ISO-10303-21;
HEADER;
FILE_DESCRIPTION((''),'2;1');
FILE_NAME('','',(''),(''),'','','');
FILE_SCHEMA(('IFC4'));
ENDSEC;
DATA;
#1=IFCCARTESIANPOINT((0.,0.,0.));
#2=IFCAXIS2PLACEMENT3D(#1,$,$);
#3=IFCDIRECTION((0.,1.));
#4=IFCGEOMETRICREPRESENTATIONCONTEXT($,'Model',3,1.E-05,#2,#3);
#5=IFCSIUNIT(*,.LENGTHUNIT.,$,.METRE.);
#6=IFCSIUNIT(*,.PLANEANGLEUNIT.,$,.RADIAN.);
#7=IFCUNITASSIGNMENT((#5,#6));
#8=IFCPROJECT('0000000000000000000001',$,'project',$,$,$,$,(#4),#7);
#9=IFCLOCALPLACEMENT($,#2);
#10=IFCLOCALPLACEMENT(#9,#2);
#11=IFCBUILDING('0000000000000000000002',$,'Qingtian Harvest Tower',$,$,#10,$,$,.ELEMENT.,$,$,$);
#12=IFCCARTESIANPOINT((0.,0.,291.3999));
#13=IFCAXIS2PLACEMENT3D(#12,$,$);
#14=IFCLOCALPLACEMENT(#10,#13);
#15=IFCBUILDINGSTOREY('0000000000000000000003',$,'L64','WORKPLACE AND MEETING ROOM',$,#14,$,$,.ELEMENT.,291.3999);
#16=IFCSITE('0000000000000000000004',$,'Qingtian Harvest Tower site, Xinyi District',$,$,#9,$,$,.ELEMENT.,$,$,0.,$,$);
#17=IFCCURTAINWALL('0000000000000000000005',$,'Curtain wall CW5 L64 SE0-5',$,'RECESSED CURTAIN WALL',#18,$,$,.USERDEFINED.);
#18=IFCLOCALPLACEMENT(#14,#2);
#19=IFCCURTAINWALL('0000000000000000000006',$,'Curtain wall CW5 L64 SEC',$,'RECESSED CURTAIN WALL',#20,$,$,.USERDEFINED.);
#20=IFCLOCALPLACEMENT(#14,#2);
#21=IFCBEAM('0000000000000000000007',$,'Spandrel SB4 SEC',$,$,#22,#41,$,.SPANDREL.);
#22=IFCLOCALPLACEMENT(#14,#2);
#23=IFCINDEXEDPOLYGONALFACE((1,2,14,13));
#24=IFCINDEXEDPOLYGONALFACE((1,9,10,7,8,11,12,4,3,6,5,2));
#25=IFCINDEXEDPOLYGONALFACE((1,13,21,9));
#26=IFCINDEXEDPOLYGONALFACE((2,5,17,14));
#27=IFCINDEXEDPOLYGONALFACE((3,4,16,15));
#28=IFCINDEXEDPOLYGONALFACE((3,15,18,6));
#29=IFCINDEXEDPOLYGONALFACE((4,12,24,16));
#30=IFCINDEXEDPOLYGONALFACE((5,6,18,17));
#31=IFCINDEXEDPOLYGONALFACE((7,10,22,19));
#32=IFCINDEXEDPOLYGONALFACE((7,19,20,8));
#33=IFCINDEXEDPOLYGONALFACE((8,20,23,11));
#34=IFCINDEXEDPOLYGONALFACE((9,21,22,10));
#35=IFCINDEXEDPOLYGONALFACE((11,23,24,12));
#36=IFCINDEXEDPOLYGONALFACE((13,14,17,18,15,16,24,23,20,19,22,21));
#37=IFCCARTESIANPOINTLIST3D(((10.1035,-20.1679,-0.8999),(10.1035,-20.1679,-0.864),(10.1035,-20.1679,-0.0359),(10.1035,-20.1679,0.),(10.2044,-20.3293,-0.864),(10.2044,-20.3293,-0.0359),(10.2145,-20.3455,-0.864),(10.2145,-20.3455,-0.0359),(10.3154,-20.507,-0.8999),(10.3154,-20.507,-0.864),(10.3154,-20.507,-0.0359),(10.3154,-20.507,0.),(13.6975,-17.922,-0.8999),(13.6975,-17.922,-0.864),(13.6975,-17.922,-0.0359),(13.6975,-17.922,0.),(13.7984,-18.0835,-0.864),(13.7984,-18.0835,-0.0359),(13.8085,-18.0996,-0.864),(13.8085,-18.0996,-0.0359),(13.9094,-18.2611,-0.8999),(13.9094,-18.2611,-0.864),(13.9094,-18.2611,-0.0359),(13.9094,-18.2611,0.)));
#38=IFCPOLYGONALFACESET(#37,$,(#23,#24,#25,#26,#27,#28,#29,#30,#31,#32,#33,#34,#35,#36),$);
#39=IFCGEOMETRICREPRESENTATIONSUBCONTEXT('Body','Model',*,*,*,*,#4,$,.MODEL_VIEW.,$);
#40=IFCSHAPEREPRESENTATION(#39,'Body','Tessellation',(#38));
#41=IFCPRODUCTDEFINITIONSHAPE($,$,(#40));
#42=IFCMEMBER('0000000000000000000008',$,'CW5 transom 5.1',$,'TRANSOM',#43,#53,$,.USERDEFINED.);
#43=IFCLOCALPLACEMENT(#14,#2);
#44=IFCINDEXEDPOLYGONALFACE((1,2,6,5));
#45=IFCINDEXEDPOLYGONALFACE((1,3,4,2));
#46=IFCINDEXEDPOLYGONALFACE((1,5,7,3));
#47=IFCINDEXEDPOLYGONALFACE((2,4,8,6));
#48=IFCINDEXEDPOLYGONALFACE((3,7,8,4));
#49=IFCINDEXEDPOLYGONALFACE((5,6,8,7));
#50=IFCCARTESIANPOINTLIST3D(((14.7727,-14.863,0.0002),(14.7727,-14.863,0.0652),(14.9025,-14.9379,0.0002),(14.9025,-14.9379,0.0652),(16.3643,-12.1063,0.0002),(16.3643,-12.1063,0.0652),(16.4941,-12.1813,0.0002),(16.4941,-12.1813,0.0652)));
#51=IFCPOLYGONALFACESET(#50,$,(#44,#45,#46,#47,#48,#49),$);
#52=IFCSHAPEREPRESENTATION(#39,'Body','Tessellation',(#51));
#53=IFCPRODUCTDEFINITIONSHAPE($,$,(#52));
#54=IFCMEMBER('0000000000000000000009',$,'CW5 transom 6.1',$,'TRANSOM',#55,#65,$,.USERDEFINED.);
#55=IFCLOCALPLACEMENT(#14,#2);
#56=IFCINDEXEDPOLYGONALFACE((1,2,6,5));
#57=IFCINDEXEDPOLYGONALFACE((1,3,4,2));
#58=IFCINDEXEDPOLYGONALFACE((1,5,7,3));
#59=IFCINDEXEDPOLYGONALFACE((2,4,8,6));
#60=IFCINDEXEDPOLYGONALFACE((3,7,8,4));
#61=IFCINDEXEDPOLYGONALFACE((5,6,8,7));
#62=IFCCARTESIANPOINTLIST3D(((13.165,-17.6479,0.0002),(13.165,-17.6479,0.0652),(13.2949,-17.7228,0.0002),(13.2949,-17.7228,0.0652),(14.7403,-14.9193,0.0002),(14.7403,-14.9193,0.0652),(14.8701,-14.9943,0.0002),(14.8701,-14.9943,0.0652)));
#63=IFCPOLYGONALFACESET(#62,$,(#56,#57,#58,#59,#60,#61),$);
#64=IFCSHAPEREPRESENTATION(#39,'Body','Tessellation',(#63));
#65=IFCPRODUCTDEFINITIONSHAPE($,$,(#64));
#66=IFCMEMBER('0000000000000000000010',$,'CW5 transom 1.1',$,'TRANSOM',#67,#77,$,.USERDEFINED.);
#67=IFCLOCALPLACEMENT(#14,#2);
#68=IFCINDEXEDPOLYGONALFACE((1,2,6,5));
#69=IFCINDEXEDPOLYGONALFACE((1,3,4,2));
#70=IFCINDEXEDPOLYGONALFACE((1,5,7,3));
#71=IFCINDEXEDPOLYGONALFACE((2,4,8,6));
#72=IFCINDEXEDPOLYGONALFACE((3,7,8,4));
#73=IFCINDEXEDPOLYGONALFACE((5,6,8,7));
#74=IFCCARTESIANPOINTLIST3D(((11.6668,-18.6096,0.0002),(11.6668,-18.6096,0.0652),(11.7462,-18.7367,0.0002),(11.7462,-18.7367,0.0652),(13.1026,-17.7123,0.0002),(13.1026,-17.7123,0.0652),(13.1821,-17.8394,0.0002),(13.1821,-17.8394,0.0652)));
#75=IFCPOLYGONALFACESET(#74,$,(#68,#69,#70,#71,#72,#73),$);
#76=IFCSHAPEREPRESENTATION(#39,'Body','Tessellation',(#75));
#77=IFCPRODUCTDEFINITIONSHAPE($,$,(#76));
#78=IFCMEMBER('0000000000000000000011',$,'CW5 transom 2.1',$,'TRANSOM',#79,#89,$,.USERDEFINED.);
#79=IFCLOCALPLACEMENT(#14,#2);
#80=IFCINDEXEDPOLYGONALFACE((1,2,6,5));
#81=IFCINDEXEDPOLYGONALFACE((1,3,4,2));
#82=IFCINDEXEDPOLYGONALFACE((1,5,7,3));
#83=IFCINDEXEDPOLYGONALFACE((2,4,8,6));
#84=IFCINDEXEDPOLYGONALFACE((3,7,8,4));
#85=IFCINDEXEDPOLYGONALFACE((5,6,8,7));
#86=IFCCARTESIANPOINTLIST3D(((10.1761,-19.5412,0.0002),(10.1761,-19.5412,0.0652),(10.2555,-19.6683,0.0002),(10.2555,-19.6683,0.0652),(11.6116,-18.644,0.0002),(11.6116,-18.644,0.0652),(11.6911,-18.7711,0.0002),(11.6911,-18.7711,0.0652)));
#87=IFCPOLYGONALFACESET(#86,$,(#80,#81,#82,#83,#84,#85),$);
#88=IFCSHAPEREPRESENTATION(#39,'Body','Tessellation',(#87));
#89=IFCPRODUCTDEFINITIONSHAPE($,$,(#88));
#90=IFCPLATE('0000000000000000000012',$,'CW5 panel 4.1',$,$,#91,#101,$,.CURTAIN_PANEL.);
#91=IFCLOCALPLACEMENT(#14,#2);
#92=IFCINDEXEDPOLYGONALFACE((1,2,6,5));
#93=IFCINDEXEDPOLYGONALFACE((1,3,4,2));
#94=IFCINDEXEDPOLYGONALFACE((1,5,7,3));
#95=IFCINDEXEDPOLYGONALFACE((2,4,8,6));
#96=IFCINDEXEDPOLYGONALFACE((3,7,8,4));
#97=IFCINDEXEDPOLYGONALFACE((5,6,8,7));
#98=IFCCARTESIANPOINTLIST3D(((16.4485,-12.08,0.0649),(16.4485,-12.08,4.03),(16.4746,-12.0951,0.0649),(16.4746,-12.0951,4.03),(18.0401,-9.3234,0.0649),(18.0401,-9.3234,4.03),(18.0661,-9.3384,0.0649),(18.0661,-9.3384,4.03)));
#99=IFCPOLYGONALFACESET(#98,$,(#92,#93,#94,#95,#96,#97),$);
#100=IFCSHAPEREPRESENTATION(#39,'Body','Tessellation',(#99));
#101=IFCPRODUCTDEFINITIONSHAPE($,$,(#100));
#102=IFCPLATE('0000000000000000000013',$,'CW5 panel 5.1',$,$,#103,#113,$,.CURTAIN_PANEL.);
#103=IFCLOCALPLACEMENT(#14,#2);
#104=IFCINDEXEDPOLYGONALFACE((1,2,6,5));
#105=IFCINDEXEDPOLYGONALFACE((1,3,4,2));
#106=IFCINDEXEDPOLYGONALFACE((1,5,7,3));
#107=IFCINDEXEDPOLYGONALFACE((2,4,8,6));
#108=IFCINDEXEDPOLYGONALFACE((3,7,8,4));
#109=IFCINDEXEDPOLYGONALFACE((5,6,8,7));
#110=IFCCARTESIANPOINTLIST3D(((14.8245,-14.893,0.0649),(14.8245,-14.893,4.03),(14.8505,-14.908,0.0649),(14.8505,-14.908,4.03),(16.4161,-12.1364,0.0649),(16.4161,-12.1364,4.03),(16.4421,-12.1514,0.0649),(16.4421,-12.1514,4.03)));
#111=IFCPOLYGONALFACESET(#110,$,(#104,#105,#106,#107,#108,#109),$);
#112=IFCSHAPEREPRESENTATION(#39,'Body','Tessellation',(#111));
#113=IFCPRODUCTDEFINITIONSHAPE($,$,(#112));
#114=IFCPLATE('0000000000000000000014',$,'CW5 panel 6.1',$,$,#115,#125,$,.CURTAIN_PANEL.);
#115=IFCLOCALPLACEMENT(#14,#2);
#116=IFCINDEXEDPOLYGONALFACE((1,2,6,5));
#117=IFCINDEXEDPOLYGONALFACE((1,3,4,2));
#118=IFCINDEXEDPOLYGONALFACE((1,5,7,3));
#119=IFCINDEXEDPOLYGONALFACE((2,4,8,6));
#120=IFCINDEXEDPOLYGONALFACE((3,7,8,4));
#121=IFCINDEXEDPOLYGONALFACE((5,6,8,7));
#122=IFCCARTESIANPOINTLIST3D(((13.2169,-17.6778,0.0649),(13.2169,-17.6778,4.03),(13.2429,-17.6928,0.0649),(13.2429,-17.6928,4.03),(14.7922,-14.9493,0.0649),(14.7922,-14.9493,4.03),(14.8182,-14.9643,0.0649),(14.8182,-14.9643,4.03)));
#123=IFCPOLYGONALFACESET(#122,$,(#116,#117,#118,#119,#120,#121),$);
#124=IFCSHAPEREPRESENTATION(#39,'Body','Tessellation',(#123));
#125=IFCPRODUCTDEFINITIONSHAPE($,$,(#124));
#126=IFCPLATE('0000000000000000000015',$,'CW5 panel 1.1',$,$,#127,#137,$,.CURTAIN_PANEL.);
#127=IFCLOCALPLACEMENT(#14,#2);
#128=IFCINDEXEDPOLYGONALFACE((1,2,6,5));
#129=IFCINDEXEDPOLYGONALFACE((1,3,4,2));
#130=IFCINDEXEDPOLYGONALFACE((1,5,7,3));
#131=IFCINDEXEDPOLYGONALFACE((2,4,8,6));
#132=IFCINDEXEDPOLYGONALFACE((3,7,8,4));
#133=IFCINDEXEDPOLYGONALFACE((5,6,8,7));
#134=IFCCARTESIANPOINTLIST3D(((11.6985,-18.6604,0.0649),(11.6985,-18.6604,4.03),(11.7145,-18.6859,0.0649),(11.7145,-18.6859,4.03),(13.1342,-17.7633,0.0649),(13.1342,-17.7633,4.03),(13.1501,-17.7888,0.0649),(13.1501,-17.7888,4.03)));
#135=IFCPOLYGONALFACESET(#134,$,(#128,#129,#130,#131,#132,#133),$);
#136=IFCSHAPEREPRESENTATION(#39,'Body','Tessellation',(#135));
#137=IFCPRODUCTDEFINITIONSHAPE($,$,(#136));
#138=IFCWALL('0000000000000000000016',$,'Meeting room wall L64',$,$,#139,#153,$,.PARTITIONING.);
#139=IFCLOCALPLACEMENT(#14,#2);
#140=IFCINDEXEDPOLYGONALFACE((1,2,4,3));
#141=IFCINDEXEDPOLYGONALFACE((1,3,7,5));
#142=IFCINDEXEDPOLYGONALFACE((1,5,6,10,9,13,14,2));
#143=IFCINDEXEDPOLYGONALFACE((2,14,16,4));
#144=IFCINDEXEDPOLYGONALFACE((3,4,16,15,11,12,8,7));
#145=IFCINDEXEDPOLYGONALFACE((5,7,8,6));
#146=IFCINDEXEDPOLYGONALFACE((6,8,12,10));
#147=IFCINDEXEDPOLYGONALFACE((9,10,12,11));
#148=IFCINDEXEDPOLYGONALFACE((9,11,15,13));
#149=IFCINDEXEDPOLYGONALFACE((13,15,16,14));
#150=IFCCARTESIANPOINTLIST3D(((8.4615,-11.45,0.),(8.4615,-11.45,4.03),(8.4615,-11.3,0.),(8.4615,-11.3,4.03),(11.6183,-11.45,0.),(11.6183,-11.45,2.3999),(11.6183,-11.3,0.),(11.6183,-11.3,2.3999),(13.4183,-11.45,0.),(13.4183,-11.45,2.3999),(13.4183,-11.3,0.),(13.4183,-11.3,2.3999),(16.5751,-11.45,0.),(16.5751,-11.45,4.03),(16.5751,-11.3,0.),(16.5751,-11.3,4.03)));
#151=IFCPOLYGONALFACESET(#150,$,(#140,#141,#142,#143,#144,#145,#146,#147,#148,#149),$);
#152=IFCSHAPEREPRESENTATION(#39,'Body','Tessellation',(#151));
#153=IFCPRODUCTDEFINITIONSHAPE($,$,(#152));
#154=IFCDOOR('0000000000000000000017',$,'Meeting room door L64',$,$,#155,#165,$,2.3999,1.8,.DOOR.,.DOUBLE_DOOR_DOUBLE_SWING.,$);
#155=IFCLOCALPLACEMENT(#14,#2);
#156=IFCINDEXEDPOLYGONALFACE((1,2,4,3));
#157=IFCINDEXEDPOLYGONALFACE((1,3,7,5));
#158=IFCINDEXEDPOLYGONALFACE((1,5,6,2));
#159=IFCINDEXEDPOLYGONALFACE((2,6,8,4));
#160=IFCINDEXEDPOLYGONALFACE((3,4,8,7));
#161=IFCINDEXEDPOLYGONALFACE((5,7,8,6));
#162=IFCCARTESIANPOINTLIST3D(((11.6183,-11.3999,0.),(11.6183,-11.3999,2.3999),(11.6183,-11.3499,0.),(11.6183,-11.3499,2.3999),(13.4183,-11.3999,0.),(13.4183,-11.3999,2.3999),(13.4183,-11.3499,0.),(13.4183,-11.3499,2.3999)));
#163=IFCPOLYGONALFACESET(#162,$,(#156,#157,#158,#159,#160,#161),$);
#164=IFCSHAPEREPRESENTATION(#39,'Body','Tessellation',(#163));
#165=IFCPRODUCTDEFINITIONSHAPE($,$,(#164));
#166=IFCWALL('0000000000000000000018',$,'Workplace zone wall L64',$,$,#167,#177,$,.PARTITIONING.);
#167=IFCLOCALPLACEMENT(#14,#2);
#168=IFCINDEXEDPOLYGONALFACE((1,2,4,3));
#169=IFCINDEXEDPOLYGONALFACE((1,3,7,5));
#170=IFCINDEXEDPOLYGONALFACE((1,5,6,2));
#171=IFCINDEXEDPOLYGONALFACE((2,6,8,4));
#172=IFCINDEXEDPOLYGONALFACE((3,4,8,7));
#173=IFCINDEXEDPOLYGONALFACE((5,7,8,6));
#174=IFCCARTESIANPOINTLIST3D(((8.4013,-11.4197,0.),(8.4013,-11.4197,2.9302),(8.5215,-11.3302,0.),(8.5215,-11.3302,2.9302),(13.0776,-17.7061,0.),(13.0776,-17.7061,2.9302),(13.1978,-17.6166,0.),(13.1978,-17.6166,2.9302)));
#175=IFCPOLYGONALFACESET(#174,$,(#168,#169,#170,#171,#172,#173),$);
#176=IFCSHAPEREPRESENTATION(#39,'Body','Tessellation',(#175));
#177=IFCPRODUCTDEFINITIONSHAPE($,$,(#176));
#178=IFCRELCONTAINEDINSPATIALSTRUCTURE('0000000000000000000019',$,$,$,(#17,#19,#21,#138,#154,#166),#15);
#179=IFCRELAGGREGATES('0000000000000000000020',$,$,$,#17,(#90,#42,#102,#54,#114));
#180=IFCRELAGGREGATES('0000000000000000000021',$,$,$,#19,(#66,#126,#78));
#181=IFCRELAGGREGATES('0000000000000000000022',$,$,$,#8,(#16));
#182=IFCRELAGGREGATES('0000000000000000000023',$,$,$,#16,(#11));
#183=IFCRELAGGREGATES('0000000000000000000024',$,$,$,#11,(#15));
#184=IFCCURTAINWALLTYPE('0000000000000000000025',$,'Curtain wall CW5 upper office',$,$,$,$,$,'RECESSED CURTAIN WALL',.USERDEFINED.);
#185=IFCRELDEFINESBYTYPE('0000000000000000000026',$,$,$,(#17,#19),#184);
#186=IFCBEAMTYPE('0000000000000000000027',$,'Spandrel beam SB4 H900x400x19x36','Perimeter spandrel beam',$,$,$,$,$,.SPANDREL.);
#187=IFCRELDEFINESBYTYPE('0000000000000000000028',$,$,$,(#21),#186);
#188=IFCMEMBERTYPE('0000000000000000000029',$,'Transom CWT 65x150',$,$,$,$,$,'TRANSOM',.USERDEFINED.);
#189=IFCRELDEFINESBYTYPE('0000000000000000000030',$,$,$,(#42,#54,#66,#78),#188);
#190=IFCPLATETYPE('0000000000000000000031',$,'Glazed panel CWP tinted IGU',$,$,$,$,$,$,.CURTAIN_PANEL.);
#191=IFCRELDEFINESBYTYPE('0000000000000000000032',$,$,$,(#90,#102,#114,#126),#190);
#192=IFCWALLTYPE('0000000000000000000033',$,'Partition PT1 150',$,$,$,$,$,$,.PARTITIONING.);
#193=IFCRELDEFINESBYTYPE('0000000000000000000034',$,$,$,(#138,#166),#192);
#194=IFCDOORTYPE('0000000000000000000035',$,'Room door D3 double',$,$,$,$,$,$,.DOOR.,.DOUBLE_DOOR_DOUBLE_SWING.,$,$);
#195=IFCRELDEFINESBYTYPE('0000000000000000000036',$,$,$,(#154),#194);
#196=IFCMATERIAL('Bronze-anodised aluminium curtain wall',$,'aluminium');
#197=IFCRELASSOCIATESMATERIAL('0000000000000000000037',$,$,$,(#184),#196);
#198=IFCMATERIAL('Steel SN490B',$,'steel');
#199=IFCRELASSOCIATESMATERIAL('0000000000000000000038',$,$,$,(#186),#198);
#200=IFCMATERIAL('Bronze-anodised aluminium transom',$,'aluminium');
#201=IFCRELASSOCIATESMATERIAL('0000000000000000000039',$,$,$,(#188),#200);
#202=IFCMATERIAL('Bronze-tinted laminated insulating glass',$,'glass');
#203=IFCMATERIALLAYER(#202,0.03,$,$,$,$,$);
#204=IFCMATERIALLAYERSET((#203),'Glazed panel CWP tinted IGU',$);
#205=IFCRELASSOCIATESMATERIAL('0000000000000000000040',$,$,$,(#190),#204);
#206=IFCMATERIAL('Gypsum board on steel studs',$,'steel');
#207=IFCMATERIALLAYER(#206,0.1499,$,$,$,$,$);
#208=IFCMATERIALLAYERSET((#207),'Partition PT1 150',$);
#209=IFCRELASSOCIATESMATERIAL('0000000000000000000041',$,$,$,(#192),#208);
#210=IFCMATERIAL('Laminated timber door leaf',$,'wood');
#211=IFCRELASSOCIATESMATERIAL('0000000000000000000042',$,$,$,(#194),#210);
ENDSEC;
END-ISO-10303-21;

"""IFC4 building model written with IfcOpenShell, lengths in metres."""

from ifc_helpers import new_model, si_unit, direction, frame, frame_2d, origin, origin_2d, place, context, subcontext, project, spatial, rectangle, i_section, extrude, material, layer, layer_set, material_profile, profile_set, type_object, element, fill, aggregate, save


model = new_model("IFC4")

# Units and contexts
model_context = context("Model", 3, precision=1e-05, world=origin(), true_north=direction((0.0, 1.0)))
body_context = subcontext(model_context, "Body", "Model", "MODEL_VIEW")
ifc_project = project(units=[si_unit("LENGTHUNIT", "METRE"), si_unit("PLANEANGLEUNIT", "RADIAN")], contexts=[model_context])

# Site, building, storey
site_placement = place(None, origin())
site = spatial("IfcSite", under=ifc_project, at=site_placement, Name="Qingtian Harvest Tower site, Xinyi District", CompositionType="ELEMENT", RefElevation=0.0)
building_placement = place(site_placement, origin())
building = spatial("IfcBuilding", under=site, at=building_placement, Name="Qingtian Harvest Tower", CompositionType="ELEMENT")
storey_placement = place(building_placement, frame((0.0, 0.0, 291.3999)))
storey = spatial("IfcBuildingStorey", under=building, at=storey_placement, Name="L64", Description="WORKPLACE AND MEETING ROOM", CompositionType="ELEMENT", Elevation=291.3999)

# Curtain walls
ifc_material_1 = material(Name="Bronze-anodised aluminium curtain wall", Category="aluminium")
curtain_wall_type = type_object("IfcCurtainWallType", Name="Curtain wall CW5 upper office", ElementType="RECESSED CURTAIN WALL", PredefinedType="USERDEFINED", material=ifc_material_1)
curtain_wall_1_placement = place(storey_placement, origin())
curtain_wall_1 = element("IfcCurtainWall", 1, at=curtain_wall_1_placement, inside=storey, type_object=curtain_wall_type, Name="Curtain wall CW5 L64 SE0-5", ObjectType="RECESSED CURTAIN WALL", PredefinedType="USERDEFINED")
curtain_wall_2_placement = place(storey_placement, origin())
curtain_wall_2 = element("IfcCurtainWall", 2, at=curtain_wall_2_placement, inside=storey, type_object=curtain_wall_type, Name="Curtain wall CW5 L64 SEC", ObjectType="RECESSED CURTAIN WALL", PredefinedType="USERDEFINED")

# Beam
ifc_material_2 = material(Name="Steel SN490B", Category="steel")
ifc_material_profile_1 = material_profile(ifc_material_2, i_section(OverallWidth=0.3999, OverallDepth=0.8999, WebThickness=0.019, FlangeThickness=0.0359, at=origin_2d()), Name="H900x400x19x36")
ifc_profile_set_1 = profile_set([ifc_material_profile_1], Name="Steel SN490B")
beam_type_1 = type_object("IfcBeamType", Name="Spandrel beam SB4 H900x400x19x36", Description="Perimeter spandrel beam", PredefinedType="SPANDREL", material=ifc_profile_set_1)
beam_1_placement = place(storey_placement, frame((13.8035, -18.0916, -0.45), z_axis=(-0.84804, -0.529932, 0.0), x_axis=(0.529932, -0.84804, 0.0)))
element("IfcBeam", 3, at=beam_1_placement, inside=storey, type_object=beam_type_1, Name="Spandrel SB4 SEC", PredefinedType="SPANDREL", context=body_context, shape_type="SweptSolid", body=[
    extrude(i_section(OverallWidth=0.3999, OverallDepth=0.8999, WebThickness=0.019, FlangeThickness=0.0359, at=origin_2d()), origin(), (0.0, 0.0, 1.0), 4.238),
])

# Members
ifc_material_3 = material(Name="Bronze-anodised aluminium transom", Category="aluminium")
ifc_material_profile_2 = material_profile(ifc_material_3, rectangle(XDim=0.1499, YDim=0.0649, at=origin_2d()), Name="AL 65x150")
ifc_profile_set_2 = profile_set([ifc_material_profile_2], Name="Bronze-anodised aluminium transom")
member_type_1 = type_object("IfcMemberType", Name="Transom CWT 65x150", ElementType="TRANSOM", PredefinedType="USERDEFINED", material=ifc_profile_set_2)
member_1_placement = place(storey_placement, frame((16.4292, -12.1438, 0.0327), z_axis=(-0.500008, -0.866021, 0.0), x_axis=(0.866021, -0.500008, 0.0)))
member_1 = element("IfcMember", 4, at=member_1_placement, type_object=member_type_1, Name="CW5 transom 5.1", ObjectType="TRANSOM", PredefinedType="USERDEFINED", context=body_context, shape_type="SweptSolid", body=[
    extrude(rectangle(XDim=0.1499, YDim=0.0649, at=origin_2d()), origin(), (0.0, 0.0, 1.0), 3.1831),
])
member_2_placement = place(storey_placement, frame((14.8052, -14.9568, 0.0327), z_axis=(-0.499973, -0.866041, 0.0), x_axis=(0.866041, -0.499973, 0.0)))
member_2 = element("IfcMember", 5, at=member_2_placement, type_object=member_type_1, Name="CW5 transom 6.1", ObjectType="TRANSOM", PredefinedType="USERDEFINED", context=body_context, shape_type="SweptSolid", body=[
    extrude(rectangle(XDim=0.1499, YDim=0.0649, at=origin_2d()), origin(), (0.0, 0.0, 1.0), 3.1506),
])
member_3_placement = place(storey_placement, frame((13.1423, -17.7759, 0.0327), z_axis=(-0.848039, -0.529934, 0.0), x_axis=(0.529934, -0.848039, 0.0)))
member_3 = element("IfcMember", 6, at=member_3_placement, type_object=member_type_1, Name="CW5 transom 1.1", ObjectType="TRANSOM", PredefinedType="USERDEFINED", context=body_context, shape_type="SweptSolid", body=[
    extrude(rectangle(XDim=0.1499, YDim=0.0649, at=origin_2d()), origin(), (0.0, 0.0, 1.0), 1.6931),
])
member_4_placement = place(storey_placement, frame((11.6514, -18.7075, 0.0327), z_axis=(-0.847998, -0.529999, 0.0), x_axis=(0.529999, -0.847998, 0.0)))
member_4 = element("IfcMember", 7, at=member_4_placement, type_object=member_type_1, Name="CW5 transom 2.1", ObjectType="TRANSOM", PredefinedType="USERDEFINED", context=body_context, shape_type="SweptSolid", body=[
    extrude(rectangle(XDim=0.1499, YDim=0.0649, at=origin_2d()), origin(), (0.0, 0.0, 1.0), 1.6929),
])

# Plates
ifc_material_4 = material(Name="Bronze-tinted laminated insulating glass", Category="glass")
ifc_layer_1 = layer(ifc_material_4, 0.03)
ifc_layer_set_1 = layer_set([ifc_layer_1], Name="Glazed panel CWP tinted IGU")
plate_type = type_object("IfcPlateType", Name="Glazed panel CWP tinted IGU", PredefinedType="CURTAIN_PANEL", material=ifc_layer_set_1)
plate_1_placement = place(storey_placement, frame((17.2573, -10.7092, 0.0649), z_axis=(0.0, 0.0, 1.0), x_axis=(-0.5, -0.866025, 0.0)))
plate_1 = element("IfcPlate", 8, at=plate_1_placement, type_object=plate_type, Name="CW5 panel 4.1", PredefinedType="CURTAIN_PANEL", context=body_context, shape_type="SweptSolid", body=[
    extrude(rectangle(XDim=3.1831, YDim=0.03, at=origin_2d()), origin(), (0.0, 0.0, 1.0), 3.9651),
])
plate_2_placement = place(storey_placement, frame((15.6333, -13.5222, 0.0649), z_axis=(0.0, 0.0, 1.0), x_axis=(-0.5, -0.866025, 0.0)))
plate_2 = element("IfcPlate", 9, at=plate_2_placement, type_object=plate_type, Name="CW5 panel 5.1", PredefinedType="CURTAIN_PANEL", context=body_context, shape_type="SweptSolid", body=[
    extrude(rectangle(XDim=3.1831, YDim=0.03, at=origin_2d()), origin(), (0.0, 0.0, 1.0), 3.9651),
])
plate_3_placement = place(storey_placement, frame((14.0176, -16.321, 0.0649), z_axis=(0.0, 0.0, 1.0), x_axis=(-0.5, -0.866025, 0.0)))
plate_3 = element("IfcPlate", 10, at=plate_3_placement, type_object=plate_type, Name="CW5 panel 6.1", PredefinedType="CURTAIN_PANEL", context=body_context, shape_type="SweptSolid", body=[
    extrude(rectangle(XDim=3.1506, YDim=0.03, at=origin_2d()), origin(), (0.0, 0.0, 1.0), 3.9651),
])
aggregate(curtain_wall_1, [plate_1, member_1, plate_2, member_2, plate_3])
plate_4_placement = place(storey_placement, frame((12.4243, -18.2246, 0.0649), z_axis=(0.0, 0.0, 1.0), x_axis=(-0.848048, -0.529919, 0.0)))
plate_4 = element("IfcPlate", 11, at=plate_4_placement, type_object=plate_type, Name="CW5 panel 1.1", PredefinedType="CURTAIN_PANEL", context=body_context, shape_type="SweptSolid", body=[
    extrude(rectangle(XDim=1.6929, YDim=0.03, at=origin_2d()), origin(), (0.0, 0.0, 1.0), 3.9651),
])
aggregate(curtain_wall_2, [member_3, plate_4, member_4])

# Wall, opening, door
ifc_material_5 = material(Name="Gypsum board on steel studs", Category="steel")
ifc_layer_2 = layer(ifc_material_5, 0.1499)
ifc_layer_set_2 = layer_set([ifc_layer_2], Name="Partition PT1 150")
wall_type = type_object("IfcWallType", Name="Partition PT1 150", PredefinedType="PARTITIONING", material=ifc_layer_set_2)
wall_1_placement = place(storey_placement, frame((16.575, -11.375, 0.0), z_axis=(0.0, 0.0, 1.0), x_axis=(-1.0, 0.0, 0.0)))
wall_1 = element("IfcWall", 12, at=wall_1_placement, inside=storey, type_object=wall_type, Name="Meeting room wall L64", PredefinedType="PARTITIONING", context=body_context, shape_type="SweptSolid", body=[
    extrude(rectangle(XDim=8.1135, YDim=0.1499, at=frame_2d((4.0566, 0.0))), origin(), (0.0, 0.0, 1.0), 4.03),
])
opening_placement = place(wall_1_placement, frame((3.1567, 0.0, 0.0)))
opening = element("IfcOpeningElement", 13, at=opening_placement, cuts=wall_1, PredefinedType="OPENING", context=body_context, shape_type="SweptSolid", body=[
    extrude(rectangle(XDim=1.8, YDim=2.3999, at=frame_2d((0.8999, 1.2))), frame((0.0, 0.085, 0.0), z_axis=(0.0, -1.0, 0.0), x_axis=(1.0, 0.0, 0.0)), (0.0, 0.0, 1.0), 0.1699),
])
ifc_material_6 = material(Name="Laminated timber door leaf", Category="wood")
door_type = type_object("IfcDoorType", Name="Room door D3 double", OperationType="DOUBLE_DOOR_DOUBLE_SWING", PredefinedType="DOOR", material=ifc_material_6)
door_placement = place(opening_placement, origin())
door = element("IfcDoor", 14, at=door_placement, inside=storey, type_object=door_type, Name="Meeting room door L64", OperationType="DOUBLE_DOOR_DOUBLE_SWING", OverallHeight=2.3999, OverallWidth=1.8, PredefinedType="DOOR", context=body_context, shape_type="SweptSolid", body=[
    extrude(rectangle(XDim=1.8, YDim=2.3999, at=frame_2d((0.8999, 1.2))), frame((0.0, 0.0249, 0.0), z_axis=(0.0, -1.0, 0.0), x_axis=(1.0, 0.0, 0.0)), (0.0, 0.0, 1.0), 0.05),
])
fill(opening, door)

# Wall
wall_2_placement = place(storey_placement, frame((13.1377, -17.6614, 0.0), z_axis=(0.0, 0.0, 1.0), x_axis=(-0.596849, 0.802353, 0.0)))
element("IfcWall", 15, at=wall_2_placement, inside=storey, type_object=wall_type, Name="Workplace zone wall L64", PredefinedType="PARTITIONING", context=body_context, shape_type="SweptSolid", body=[
    extrude(rectangle(XDim=7.835, YDim=0.1499, at=frame_2d((3.9175, 0.0))), origin(), (0.0, 0.0, 1.0), 2.9302),
])

save(model, "model.ifc")
